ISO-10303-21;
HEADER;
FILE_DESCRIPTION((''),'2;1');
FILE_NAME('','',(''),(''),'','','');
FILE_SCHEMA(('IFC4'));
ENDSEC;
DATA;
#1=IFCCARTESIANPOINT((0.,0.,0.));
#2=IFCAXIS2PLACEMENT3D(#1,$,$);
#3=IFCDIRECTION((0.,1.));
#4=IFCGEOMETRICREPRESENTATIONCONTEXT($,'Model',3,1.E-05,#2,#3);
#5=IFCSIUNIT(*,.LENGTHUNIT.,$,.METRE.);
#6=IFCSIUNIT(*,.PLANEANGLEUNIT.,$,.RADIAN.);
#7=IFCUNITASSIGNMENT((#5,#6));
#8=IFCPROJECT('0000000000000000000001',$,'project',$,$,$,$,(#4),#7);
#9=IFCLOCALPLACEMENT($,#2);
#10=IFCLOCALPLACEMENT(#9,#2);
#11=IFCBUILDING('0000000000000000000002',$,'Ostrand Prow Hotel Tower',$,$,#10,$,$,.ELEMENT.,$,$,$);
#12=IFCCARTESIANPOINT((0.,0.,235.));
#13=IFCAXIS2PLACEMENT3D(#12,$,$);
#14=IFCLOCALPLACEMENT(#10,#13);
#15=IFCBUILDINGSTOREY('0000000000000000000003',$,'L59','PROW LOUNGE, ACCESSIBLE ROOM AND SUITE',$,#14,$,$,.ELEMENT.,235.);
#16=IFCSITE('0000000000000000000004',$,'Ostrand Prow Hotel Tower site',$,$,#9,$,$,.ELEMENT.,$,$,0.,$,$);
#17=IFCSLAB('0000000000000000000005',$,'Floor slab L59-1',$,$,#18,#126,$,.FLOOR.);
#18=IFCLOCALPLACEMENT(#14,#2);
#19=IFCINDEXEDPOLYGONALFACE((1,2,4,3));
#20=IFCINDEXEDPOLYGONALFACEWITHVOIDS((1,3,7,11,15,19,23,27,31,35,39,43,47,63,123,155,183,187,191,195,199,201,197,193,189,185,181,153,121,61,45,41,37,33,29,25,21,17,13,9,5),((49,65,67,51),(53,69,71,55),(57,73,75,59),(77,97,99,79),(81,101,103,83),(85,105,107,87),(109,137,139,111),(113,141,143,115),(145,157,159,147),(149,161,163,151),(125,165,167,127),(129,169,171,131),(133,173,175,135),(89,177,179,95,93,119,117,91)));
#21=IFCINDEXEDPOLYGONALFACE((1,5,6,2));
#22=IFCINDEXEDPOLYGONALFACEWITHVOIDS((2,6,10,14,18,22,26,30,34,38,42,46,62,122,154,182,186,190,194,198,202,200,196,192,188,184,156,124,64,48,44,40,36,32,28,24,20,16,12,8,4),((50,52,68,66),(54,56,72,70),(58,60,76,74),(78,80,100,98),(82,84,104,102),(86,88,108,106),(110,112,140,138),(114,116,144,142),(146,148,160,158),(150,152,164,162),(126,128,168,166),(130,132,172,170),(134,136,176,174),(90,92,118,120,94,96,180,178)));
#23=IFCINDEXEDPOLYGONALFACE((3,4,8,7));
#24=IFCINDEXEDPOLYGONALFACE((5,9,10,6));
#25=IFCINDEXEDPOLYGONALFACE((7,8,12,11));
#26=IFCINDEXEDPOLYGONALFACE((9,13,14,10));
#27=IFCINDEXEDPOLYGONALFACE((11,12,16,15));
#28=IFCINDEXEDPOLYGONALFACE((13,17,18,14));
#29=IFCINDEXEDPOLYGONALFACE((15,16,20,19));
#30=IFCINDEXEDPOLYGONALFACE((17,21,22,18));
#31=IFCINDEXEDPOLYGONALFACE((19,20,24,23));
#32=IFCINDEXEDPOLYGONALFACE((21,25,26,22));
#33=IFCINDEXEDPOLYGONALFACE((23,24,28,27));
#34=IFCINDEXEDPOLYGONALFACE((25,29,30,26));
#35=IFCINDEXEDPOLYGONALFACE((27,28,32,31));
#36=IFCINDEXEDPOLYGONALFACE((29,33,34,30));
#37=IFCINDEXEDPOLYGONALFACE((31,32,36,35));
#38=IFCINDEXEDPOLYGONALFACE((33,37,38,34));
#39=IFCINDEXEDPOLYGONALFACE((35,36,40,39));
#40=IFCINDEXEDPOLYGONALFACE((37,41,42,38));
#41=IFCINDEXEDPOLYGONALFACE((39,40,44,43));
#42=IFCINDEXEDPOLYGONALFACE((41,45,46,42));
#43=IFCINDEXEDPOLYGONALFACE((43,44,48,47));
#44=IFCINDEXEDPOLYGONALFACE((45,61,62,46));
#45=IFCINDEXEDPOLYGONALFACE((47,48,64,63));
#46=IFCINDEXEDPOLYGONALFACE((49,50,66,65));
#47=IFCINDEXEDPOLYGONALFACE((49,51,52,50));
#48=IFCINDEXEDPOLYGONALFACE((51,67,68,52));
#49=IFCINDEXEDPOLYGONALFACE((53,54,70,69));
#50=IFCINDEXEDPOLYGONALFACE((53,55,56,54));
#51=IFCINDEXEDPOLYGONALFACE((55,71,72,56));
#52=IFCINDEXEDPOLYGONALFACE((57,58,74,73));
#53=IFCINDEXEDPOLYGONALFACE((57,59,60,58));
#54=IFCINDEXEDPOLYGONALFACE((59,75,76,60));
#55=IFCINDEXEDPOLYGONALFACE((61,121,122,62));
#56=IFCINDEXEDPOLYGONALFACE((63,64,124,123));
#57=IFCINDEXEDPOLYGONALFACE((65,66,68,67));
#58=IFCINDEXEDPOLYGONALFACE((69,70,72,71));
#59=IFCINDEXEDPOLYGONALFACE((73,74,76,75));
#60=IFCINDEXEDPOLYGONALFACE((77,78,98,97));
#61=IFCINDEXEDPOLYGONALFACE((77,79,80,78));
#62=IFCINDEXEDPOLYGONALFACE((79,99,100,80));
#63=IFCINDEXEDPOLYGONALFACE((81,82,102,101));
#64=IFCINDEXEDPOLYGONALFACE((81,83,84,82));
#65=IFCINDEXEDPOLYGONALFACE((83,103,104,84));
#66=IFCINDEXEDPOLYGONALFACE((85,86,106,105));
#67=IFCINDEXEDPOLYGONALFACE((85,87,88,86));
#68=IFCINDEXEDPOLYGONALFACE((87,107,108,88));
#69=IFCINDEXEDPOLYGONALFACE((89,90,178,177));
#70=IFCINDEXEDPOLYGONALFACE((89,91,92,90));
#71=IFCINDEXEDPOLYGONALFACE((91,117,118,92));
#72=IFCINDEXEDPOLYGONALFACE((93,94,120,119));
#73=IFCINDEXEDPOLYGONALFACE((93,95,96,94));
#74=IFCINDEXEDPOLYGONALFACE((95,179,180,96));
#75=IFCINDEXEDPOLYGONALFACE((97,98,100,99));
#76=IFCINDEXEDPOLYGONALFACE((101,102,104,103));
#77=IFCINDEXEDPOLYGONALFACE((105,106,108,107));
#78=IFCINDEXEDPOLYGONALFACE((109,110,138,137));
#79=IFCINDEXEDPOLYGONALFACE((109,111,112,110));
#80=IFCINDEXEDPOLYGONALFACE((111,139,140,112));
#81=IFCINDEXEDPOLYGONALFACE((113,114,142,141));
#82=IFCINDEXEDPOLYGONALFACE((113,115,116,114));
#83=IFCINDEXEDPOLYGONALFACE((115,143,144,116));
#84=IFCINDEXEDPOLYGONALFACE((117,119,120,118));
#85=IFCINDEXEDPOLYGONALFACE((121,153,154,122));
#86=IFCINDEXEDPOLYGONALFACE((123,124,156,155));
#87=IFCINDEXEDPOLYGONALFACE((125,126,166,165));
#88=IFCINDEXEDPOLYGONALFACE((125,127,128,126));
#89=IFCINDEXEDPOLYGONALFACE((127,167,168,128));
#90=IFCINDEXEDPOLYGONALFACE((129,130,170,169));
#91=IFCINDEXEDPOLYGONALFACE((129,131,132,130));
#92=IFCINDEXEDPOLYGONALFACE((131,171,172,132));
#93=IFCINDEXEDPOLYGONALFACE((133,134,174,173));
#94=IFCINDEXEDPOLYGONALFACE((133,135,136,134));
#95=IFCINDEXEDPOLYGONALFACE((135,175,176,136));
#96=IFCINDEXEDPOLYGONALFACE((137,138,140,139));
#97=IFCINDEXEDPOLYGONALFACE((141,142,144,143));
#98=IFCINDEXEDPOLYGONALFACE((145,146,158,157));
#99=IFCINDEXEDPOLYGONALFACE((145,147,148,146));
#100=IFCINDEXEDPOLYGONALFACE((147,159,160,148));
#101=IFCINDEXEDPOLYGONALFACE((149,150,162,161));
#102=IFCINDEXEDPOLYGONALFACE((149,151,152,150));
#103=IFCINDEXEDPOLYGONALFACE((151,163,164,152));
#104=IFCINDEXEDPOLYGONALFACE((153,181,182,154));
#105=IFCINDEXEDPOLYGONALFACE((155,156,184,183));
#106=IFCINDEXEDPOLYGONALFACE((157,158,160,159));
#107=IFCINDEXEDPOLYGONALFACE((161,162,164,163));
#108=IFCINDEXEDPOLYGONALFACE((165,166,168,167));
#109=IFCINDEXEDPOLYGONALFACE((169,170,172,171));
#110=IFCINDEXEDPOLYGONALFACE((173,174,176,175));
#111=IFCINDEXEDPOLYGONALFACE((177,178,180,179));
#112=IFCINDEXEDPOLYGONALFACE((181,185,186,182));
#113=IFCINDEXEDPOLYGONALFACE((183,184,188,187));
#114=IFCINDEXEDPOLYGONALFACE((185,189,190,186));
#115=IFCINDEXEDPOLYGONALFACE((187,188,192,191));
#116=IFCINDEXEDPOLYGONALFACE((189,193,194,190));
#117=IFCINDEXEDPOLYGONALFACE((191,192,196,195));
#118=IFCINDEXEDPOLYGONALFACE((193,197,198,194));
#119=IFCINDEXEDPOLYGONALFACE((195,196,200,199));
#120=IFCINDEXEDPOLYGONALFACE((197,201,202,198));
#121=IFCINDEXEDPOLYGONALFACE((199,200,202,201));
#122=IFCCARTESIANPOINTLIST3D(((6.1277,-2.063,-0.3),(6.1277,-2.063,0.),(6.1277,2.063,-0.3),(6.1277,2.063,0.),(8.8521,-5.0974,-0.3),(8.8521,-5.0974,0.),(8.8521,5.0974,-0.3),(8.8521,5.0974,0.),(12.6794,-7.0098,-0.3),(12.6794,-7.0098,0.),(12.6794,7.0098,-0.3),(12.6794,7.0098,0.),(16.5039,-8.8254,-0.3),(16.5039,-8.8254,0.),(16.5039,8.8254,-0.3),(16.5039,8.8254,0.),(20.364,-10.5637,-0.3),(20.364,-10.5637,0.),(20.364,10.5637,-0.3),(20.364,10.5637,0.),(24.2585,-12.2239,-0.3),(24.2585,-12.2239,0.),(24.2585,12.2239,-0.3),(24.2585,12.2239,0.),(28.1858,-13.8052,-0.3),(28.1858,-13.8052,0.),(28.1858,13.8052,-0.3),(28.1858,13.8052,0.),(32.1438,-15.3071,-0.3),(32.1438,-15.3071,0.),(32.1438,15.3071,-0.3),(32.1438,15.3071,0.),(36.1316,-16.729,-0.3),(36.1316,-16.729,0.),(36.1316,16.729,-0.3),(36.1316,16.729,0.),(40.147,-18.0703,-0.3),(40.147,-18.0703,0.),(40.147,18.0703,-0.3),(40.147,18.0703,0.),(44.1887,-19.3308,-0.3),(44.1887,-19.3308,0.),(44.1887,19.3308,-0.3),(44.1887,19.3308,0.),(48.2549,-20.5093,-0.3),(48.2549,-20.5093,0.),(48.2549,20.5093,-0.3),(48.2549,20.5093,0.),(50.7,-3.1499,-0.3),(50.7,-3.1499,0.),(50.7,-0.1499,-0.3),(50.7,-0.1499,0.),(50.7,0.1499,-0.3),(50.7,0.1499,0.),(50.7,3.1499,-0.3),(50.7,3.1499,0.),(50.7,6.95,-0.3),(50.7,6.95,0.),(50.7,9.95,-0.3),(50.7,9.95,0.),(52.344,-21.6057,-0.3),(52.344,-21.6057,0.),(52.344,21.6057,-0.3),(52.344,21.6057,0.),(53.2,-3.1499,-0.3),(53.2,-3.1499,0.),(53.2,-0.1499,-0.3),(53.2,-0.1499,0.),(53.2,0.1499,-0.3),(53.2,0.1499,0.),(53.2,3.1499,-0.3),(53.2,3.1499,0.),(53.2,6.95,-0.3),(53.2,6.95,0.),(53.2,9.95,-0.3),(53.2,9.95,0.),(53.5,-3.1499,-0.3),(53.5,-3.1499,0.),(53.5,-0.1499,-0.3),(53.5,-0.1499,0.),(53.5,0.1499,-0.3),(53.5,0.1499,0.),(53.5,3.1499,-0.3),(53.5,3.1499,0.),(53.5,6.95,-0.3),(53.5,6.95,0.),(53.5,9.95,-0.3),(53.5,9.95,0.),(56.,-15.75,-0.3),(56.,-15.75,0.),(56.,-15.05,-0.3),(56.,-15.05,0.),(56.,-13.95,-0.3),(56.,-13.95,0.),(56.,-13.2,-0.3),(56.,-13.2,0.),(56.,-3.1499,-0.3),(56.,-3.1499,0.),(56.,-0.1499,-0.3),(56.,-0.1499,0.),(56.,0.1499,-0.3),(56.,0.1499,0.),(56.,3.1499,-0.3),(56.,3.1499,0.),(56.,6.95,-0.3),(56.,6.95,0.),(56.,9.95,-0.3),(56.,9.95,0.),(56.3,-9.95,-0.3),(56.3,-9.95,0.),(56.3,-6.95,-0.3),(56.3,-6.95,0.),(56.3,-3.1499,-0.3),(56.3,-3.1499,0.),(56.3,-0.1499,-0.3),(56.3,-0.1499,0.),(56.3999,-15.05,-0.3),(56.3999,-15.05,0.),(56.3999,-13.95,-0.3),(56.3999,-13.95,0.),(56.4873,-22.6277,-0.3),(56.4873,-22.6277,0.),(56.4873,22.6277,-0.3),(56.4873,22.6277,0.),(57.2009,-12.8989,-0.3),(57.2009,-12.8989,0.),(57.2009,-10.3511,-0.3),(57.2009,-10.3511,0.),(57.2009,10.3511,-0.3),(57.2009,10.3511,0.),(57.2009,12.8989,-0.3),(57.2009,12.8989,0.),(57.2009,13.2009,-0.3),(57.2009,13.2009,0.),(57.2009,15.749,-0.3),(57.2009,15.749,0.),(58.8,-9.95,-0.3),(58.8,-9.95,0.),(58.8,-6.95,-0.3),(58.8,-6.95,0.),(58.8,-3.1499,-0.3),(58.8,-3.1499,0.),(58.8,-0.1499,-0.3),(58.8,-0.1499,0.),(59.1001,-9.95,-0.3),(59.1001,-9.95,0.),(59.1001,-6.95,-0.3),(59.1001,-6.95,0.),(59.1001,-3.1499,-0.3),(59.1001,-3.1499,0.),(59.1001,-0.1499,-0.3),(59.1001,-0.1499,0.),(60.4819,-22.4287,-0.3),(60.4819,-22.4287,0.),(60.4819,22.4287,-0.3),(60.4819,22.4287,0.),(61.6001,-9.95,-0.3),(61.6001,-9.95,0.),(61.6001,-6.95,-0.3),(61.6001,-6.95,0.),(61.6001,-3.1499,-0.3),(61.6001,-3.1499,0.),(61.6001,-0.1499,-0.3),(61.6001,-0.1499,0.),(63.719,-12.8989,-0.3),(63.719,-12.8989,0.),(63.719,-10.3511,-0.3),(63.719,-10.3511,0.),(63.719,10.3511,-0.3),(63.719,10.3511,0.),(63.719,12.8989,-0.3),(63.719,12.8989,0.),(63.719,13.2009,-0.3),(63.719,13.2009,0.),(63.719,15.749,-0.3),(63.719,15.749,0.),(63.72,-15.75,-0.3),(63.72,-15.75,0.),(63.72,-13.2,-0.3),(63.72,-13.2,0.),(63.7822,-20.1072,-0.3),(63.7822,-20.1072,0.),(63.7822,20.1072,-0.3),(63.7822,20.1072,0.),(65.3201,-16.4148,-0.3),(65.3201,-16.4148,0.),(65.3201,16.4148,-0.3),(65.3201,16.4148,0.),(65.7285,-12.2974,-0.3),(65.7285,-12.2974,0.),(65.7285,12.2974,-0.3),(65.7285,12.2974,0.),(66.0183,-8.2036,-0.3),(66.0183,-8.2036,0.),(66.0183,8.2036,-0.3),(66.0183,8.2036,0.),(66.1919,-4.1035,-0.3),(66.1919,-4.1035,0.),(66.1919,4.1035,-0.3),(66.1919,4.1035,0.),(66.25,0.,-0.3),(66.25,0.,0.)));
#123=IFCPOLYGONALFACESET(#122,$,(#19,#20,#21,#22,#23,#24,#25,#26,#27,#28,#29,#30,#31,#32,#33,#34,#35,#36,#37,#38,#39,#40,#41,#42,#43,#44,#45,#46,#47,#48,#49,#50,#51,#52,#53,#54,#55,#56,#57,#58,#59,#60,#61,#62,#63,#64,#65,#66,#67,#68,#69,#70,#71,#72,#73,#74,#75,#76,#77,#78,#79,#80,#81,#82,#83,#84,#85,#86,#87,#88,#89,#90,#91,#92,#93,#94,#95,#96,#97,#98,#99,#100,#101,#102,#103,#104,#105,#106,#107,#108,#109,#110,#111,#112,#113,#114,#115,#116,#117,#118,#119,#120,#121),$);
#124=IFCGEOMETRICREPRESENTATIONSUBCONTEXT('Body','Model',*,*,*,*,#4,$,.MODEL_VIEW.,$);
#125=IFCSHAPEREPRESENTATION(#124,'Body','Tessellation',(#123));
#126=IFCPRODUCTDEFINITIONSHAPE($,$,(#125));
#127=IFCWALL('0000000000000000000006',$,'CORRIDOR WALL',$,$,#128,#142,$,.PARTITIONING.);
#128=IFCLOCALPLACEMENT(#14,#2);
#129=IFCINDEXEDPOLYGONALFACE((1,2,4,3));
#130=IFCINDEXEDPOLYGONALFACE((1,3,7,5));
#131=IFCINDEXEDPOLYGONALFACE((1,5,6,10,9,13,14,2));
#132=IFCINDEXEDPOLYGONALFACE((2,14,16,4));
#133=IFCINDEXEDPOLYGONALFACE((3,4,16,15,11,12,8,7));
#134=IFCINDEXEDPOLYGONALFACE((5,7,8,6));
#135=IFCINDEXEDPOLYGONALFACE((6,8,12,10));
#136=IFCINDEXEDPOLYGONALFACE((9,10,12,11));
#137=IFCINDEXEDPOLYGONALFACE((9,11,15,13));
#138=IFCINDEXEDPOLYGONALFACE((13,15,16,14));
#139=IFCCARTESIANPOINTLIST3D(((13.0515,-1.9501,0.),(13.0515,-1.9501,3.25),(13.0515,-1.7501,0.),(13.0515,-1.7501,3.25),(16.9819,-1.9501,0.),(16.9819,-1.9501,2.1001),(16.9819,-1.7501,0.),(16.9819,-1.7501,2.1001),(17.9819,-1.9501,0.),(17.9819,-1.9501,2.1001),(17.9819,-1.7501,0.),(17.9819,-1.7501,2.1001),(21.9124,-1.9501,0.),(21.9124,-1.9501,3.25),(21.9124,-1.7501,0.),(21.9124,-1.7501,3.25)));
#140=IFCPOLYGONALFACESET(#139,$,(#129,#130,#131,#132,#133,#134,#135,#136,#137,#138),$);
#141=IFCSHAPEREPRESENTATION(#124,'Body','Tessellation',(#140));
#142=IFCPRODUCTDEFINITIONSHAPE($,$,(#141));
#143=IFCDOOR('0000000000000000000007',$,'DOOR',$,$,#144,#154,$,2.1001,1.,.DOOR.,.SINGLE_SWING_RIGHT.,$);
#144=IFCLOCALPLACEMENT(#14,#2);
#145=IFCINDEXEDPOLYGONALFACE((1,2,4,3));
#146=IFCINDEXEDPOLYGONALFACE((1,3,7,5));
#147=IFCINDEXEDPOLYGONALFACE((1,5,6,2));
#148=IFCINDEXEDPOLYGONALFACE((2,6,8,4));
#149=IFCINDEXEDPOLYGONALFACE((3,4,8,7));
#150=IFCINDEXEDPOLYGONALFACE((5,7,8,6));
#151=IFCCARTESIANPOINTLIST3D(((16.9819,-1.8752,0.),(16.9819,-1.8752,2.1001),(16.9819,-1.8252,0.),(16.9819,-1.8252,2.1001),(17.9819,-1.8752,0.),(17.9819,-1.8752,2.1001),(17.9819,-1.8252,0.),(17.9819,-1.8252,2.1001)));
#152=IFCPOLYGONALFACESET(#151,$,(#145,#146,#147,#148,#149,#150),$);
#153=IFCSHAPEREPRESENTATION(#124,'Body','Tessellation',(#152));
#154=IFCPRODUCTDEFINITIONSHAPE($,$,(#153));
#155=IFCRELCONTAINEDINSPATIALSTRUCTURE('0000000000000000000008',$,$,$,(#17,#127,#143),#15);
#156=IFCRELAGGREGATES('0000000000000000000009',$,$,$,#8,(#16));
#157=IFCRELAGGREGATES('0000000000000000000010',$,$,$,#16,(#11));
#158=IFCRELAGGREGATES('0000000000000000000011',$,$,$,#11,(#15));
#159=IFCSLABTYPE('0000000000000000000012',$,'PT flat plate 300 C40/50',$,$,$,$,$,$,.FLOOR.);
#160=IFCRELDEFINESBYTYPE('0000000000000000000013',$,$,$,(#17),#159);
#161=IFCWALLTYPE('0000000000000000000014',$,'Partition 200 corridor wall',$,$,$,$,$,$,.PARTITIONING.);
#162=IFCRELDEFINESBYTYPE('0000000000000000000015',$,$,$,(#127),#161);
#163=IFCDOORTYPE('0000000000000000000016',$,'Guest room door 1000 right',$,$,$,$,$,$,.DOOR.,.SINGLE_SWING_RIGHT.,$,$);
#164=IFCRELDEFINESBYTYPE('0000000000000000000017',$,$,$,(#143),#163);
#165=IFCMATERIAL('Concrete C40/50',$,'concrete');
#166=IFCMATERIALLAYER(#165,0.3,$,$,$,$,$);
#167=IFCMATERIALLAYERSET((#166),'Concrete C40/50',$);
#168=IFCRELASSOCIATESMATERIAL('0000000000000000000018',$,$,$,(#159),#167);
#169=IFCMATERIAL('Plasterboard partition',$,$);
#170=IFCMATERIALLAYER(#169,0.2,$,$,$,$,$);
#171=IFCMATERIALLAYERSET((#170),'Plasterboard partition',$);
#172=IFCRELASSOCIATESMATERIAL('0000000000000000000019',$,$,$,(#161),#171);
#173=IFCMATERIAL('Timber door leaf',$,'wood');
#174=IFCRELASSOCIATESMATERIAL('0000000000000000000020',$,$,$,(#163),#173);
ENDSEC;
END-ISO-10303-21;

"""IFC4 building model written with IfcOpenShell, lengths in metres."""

from ifc_helpers import new_model, si_unit, direction, frame, frame_2d, origin, place, context, subcontext, project, spatial, polyline, rectangle, outline, extrude, material, layer, layer_set, type_object, element, fill, save


model = new_model("IFC4")

# Units and contexts
model_context = context("Model", 3, precision=1e-05, world=origin(), true_north=direction((0.0, 1.0)))
body_context = subcontext(model_context, "Body", "Model", "MODEL_VIEW")
ifc_project = project(units=[si_unit("LENGTHUNIT", "METRE"), si_unit("PLANEANGLEUNIT", "RADIAN")], contexts=[model_context])

# Site, building, storey
site_placement = place(None, origin())
site = spatial("IfcSite", under=ifc_project, at=site_placement, Name="Ostrand Prow Hotel Tower site", CompositionType="ELEMENT", RefElevation=0.0)
building_placement = place(site_placement, origin())
building = spatial("IfcBuilding", under=site, at=building_placement, Name="Ostrand Prow Hotel Tower", CompositionType="ELEMENT")
storey_placement = place(building_placement, frame((0.0, 0.0, 235.0)))
storey = spatial("IfcBuildingStorey", under=building, at=storey_placement, Name="L59", Description="PROW LOUNGE, ACCESSIBLE ROOM AND SUITE", CompositionType="ELEMENT", Elevation=235.0)

# Slab, opening
ifc_material_1 = material(Name="Concrete C40/50", Category="concrete")
ifc_layer_1 = layer(ifc_material_1, 0.3)
ifc_layer_set_1 = layer_set([ifc_layer_1], Name="Concrete C40/50")
slab_type = type_object("IfcSlabType", Name="PT flat plate 300 C40/50", PredefinedType="FLOOR", material=ifc_layer_set_1)
slab_placement = place(storey_placement, frame((0.0, 0.0, -0.3)))
slab = element("IfcSlab", 1, at=slab_placement, inside=storey, type_object=slab_type, Name="Floor slab L59-1", PredefinedType="FLOOR", context=body_context, shape_type="SweptSolid", body=[
    extrude(outline(polyline([(8.8521, 5.0974), (12.6794, 7.0098), (16.5039, 8.8254), (20.364, 10.5637), (24.2585, 12.2239), (28.1858, 13.8052), (32.1438, 15.3071), (36.1316, 16.729), (40.147, 18.0703), (44.1887, 19.3308), (48.2549, 20.5093), (52.344, 21.6057), (56.4873, 22.6277), (60.4819, 22.4287), (63.7822, 20.1072), (65.3201, 16.4148), (65.7285, 12.2974), (66.0183, 8.2036), (66.1919, 4.1035), (66.25, 0.0), (66.1919, -4.1035), (66.0183, -8.2036), (65.7285, -12.2974), (65.3201, -16.4148), (63.7822, -20.1072), (60.4819, -22.4287), (56.4873, -22.6277), (52.344, -21.6057), (48.2549, -20.5093), (44.1887, -19.3308), (40.147, -18.0703), (36.1316, -16.729), (32.1438, -15.3071), (28.1858, -13.8052), (24.2585, -12.2239), (20.364, -10.5637), (16.5039, -8.8254), (12.6794, -7.0098), (8.8521, -5.0974), (6.1277, -2.063), (6.1277, 2.063), (8.8521, 5.0974)]), holes=[polyline([(50.7, 6.95), (53.2, 6.95), (53.2, 9.95), (50.7, 9.95), (50.7, 6.95)]), polyline([(53.5, 6.95), (56.0, 6.95), (56.0, 9.95), (53.5, 9.95), (53.5, 6.95)]), polyline([(50.7, 0.1499), (53.2, 0.1499), (53.2, 3.1499), (50.7, 3.1499), (50.7, 0.1499)]), polyline([(53.5, 0.1499), (56.0, 0.1499), (56.0, 3.1499), (53.5, 3.1499), (53.5, 0.1499)]), polyline([(50.7, -3.1499), (53.2, -3.1499), (53.2, -0.1499), (50.7, -0.1499), (50.7, -3.1499)]), polyline([(53.5, -3.1499), (56.0, -3.1499), (56.0, -0.1499), (53.5, -0.1499), (53.5, -3.1499)]), polyline([(56.3, -3.1499), (58.8, -3.1499), (58.8, -0.1499), (56.3, -0.1499), (56.3, -3.1499)]), polyline([(59.1001, -3.1499), (61.6001, -3.1499), (61.6001, -0.1499), (59.1001, -0.1499), (59.1001, -3.1499)]), polyline([(56.3, -9.95), (58.8, -9.95), (58.8, -6.95), (56.3, -6.95), (56.3, -9.95)]), polyline([(59.1001, -9.95), (61.6001, -9.95), (61.6001, -6.95), (59.1001, -6.95), (59.1001, -9.95)]), polyline([(57.2009, 10.3511), (57.2009, 12.8989), (63.719, 12.8989), (63.719, 10.3511), (57.2009, 10.3511)]), polyline([(57.2009, 13.2009), (57.2009, 15.749), (63.719, 15.749), (63.719, 13.2009), (57.2009, 13.2009)]), polyline([(57.2009, -12.8989), (57.2009, -10.3511), (63.719, -10.3511), (63.719, -12.8989), (57.2009, -12.8989)]), polyline([(56.0, -13.95), (56.0, -13.2), (63.72, -13.2), (63.72, -15.75), (56.0, -15.75), (56.0, -15.05), (56.3999, -15.05), (56.3999, -13.95), (56.0, -13.95)])]), origin(), (0.0, 0.0, 1.0), 0.3),
])
opening_1_placement = place(slab_placement, origin())
element("IfcOpeningElement", 2, at=opening_1_placement, cuts=slab, PredefinedType="OPENING", context=body_context, shape_type="SweptSolid", body=[
    extrude(outline(polyline([(56.0, -13.95), (56.0, -13.2), (63.72, -13.2), (63.72, -15.75), (56.0, -15.75), (56.0, -15.05), (56.3999, -15.05), (56.3999, -13.95), (56.0, -13.95)])), origin(), (0.0, 0.0, 1.0), 0.3),
])

# Wall, opening, door
ifc_material_2 = material(Name="Plasterboard partition")
ifc_layer_2 = layer(ifc_material_2, 0.2)
ifc_layer_set_2 = layer_set([ifc_layer_2], Name="Plasterboard partition")
wall_type_1 = type_object("IfcWallType", Name="Partition 200 corridor wall", PredefinedType="PARTITIONING", material=ifc_layer_set_2)
wall_1_placement = place(storey_placement, frame((13.0515, -1.8501, 0.0), z_axis=(0.0, 0.0, 1.0), x_axis=(1.0, 0.0, 0.0)))
wall_1 = element("IfcWall", 3, at=wall_1_placement, inside=storey, type_object=wall_type_1, Name="CORRIDOR WALL", PredefinedType="PARTITIONING", context=body_context, shape_type="SweptSolid", body=[
    extrude(rectangle(XDim=8.8608, YDim=0.2, at=frame_2d((4.4304, 0.0))), origin(), (0.0, 0.0, 1.0), 3.25),
])
opening_2_placement = place(wall_1_placement, frame((3.9304, 0.0, 0.0)))
opening_2 = element("IfcOpeningElement", 4, at=opening_2_placement, cuts=wall_1, PredefinedType="OPENING", context=body_context, shape_type="SweptSolid", body=[
    extrude(rectangle(XDim=1.0, YDim=2.1001, at=frame_2d((0.5, 1.05))), frame((0.0, 0.1099, 0.0), z_axis=(0.0, -1.0, 0.0), x_axis=(1.0, 0.0, 0.0)), (0.0, 0.0, 1.0), 0.22),
])
ifc_material_3 = material(Name="Timber door leaf", Category="wood")
door_type_1 = type_object("IfcDoorType", Name="Guest room door 1000 right", OperationType="SINGLE_SWING_RIGHT", PredefinedType="DOOR", material=ifc_material_3)
door_1_placement = place(opening_2_placement, origin())
door_1 = element("IfcDoor", 5, at=door_1_placement, inside=storey, type_object=door_type_1, Name="DOOR", OperationType="SINGLE_SWING_RIGHT", OverallHeight=2.1001, OverallWidth=1.0, PredefinedType="DOOR", context=body_context, shape_type="SweptSolid", body=[
    extrude(rectangle(XDim=1.0, YDim=2.1001, at=frame_2d((0.5, 1.05))), frame((0.0, 0.0249, 0.0), z_axis=(0.0, -1.0, 0.0), x_axis=(1.0, 0.0, 0.0)), (0.0, 0.0, 1.0), 0.05),
])
fill(opening_2, door_1)

save(model, "model.ifc")
